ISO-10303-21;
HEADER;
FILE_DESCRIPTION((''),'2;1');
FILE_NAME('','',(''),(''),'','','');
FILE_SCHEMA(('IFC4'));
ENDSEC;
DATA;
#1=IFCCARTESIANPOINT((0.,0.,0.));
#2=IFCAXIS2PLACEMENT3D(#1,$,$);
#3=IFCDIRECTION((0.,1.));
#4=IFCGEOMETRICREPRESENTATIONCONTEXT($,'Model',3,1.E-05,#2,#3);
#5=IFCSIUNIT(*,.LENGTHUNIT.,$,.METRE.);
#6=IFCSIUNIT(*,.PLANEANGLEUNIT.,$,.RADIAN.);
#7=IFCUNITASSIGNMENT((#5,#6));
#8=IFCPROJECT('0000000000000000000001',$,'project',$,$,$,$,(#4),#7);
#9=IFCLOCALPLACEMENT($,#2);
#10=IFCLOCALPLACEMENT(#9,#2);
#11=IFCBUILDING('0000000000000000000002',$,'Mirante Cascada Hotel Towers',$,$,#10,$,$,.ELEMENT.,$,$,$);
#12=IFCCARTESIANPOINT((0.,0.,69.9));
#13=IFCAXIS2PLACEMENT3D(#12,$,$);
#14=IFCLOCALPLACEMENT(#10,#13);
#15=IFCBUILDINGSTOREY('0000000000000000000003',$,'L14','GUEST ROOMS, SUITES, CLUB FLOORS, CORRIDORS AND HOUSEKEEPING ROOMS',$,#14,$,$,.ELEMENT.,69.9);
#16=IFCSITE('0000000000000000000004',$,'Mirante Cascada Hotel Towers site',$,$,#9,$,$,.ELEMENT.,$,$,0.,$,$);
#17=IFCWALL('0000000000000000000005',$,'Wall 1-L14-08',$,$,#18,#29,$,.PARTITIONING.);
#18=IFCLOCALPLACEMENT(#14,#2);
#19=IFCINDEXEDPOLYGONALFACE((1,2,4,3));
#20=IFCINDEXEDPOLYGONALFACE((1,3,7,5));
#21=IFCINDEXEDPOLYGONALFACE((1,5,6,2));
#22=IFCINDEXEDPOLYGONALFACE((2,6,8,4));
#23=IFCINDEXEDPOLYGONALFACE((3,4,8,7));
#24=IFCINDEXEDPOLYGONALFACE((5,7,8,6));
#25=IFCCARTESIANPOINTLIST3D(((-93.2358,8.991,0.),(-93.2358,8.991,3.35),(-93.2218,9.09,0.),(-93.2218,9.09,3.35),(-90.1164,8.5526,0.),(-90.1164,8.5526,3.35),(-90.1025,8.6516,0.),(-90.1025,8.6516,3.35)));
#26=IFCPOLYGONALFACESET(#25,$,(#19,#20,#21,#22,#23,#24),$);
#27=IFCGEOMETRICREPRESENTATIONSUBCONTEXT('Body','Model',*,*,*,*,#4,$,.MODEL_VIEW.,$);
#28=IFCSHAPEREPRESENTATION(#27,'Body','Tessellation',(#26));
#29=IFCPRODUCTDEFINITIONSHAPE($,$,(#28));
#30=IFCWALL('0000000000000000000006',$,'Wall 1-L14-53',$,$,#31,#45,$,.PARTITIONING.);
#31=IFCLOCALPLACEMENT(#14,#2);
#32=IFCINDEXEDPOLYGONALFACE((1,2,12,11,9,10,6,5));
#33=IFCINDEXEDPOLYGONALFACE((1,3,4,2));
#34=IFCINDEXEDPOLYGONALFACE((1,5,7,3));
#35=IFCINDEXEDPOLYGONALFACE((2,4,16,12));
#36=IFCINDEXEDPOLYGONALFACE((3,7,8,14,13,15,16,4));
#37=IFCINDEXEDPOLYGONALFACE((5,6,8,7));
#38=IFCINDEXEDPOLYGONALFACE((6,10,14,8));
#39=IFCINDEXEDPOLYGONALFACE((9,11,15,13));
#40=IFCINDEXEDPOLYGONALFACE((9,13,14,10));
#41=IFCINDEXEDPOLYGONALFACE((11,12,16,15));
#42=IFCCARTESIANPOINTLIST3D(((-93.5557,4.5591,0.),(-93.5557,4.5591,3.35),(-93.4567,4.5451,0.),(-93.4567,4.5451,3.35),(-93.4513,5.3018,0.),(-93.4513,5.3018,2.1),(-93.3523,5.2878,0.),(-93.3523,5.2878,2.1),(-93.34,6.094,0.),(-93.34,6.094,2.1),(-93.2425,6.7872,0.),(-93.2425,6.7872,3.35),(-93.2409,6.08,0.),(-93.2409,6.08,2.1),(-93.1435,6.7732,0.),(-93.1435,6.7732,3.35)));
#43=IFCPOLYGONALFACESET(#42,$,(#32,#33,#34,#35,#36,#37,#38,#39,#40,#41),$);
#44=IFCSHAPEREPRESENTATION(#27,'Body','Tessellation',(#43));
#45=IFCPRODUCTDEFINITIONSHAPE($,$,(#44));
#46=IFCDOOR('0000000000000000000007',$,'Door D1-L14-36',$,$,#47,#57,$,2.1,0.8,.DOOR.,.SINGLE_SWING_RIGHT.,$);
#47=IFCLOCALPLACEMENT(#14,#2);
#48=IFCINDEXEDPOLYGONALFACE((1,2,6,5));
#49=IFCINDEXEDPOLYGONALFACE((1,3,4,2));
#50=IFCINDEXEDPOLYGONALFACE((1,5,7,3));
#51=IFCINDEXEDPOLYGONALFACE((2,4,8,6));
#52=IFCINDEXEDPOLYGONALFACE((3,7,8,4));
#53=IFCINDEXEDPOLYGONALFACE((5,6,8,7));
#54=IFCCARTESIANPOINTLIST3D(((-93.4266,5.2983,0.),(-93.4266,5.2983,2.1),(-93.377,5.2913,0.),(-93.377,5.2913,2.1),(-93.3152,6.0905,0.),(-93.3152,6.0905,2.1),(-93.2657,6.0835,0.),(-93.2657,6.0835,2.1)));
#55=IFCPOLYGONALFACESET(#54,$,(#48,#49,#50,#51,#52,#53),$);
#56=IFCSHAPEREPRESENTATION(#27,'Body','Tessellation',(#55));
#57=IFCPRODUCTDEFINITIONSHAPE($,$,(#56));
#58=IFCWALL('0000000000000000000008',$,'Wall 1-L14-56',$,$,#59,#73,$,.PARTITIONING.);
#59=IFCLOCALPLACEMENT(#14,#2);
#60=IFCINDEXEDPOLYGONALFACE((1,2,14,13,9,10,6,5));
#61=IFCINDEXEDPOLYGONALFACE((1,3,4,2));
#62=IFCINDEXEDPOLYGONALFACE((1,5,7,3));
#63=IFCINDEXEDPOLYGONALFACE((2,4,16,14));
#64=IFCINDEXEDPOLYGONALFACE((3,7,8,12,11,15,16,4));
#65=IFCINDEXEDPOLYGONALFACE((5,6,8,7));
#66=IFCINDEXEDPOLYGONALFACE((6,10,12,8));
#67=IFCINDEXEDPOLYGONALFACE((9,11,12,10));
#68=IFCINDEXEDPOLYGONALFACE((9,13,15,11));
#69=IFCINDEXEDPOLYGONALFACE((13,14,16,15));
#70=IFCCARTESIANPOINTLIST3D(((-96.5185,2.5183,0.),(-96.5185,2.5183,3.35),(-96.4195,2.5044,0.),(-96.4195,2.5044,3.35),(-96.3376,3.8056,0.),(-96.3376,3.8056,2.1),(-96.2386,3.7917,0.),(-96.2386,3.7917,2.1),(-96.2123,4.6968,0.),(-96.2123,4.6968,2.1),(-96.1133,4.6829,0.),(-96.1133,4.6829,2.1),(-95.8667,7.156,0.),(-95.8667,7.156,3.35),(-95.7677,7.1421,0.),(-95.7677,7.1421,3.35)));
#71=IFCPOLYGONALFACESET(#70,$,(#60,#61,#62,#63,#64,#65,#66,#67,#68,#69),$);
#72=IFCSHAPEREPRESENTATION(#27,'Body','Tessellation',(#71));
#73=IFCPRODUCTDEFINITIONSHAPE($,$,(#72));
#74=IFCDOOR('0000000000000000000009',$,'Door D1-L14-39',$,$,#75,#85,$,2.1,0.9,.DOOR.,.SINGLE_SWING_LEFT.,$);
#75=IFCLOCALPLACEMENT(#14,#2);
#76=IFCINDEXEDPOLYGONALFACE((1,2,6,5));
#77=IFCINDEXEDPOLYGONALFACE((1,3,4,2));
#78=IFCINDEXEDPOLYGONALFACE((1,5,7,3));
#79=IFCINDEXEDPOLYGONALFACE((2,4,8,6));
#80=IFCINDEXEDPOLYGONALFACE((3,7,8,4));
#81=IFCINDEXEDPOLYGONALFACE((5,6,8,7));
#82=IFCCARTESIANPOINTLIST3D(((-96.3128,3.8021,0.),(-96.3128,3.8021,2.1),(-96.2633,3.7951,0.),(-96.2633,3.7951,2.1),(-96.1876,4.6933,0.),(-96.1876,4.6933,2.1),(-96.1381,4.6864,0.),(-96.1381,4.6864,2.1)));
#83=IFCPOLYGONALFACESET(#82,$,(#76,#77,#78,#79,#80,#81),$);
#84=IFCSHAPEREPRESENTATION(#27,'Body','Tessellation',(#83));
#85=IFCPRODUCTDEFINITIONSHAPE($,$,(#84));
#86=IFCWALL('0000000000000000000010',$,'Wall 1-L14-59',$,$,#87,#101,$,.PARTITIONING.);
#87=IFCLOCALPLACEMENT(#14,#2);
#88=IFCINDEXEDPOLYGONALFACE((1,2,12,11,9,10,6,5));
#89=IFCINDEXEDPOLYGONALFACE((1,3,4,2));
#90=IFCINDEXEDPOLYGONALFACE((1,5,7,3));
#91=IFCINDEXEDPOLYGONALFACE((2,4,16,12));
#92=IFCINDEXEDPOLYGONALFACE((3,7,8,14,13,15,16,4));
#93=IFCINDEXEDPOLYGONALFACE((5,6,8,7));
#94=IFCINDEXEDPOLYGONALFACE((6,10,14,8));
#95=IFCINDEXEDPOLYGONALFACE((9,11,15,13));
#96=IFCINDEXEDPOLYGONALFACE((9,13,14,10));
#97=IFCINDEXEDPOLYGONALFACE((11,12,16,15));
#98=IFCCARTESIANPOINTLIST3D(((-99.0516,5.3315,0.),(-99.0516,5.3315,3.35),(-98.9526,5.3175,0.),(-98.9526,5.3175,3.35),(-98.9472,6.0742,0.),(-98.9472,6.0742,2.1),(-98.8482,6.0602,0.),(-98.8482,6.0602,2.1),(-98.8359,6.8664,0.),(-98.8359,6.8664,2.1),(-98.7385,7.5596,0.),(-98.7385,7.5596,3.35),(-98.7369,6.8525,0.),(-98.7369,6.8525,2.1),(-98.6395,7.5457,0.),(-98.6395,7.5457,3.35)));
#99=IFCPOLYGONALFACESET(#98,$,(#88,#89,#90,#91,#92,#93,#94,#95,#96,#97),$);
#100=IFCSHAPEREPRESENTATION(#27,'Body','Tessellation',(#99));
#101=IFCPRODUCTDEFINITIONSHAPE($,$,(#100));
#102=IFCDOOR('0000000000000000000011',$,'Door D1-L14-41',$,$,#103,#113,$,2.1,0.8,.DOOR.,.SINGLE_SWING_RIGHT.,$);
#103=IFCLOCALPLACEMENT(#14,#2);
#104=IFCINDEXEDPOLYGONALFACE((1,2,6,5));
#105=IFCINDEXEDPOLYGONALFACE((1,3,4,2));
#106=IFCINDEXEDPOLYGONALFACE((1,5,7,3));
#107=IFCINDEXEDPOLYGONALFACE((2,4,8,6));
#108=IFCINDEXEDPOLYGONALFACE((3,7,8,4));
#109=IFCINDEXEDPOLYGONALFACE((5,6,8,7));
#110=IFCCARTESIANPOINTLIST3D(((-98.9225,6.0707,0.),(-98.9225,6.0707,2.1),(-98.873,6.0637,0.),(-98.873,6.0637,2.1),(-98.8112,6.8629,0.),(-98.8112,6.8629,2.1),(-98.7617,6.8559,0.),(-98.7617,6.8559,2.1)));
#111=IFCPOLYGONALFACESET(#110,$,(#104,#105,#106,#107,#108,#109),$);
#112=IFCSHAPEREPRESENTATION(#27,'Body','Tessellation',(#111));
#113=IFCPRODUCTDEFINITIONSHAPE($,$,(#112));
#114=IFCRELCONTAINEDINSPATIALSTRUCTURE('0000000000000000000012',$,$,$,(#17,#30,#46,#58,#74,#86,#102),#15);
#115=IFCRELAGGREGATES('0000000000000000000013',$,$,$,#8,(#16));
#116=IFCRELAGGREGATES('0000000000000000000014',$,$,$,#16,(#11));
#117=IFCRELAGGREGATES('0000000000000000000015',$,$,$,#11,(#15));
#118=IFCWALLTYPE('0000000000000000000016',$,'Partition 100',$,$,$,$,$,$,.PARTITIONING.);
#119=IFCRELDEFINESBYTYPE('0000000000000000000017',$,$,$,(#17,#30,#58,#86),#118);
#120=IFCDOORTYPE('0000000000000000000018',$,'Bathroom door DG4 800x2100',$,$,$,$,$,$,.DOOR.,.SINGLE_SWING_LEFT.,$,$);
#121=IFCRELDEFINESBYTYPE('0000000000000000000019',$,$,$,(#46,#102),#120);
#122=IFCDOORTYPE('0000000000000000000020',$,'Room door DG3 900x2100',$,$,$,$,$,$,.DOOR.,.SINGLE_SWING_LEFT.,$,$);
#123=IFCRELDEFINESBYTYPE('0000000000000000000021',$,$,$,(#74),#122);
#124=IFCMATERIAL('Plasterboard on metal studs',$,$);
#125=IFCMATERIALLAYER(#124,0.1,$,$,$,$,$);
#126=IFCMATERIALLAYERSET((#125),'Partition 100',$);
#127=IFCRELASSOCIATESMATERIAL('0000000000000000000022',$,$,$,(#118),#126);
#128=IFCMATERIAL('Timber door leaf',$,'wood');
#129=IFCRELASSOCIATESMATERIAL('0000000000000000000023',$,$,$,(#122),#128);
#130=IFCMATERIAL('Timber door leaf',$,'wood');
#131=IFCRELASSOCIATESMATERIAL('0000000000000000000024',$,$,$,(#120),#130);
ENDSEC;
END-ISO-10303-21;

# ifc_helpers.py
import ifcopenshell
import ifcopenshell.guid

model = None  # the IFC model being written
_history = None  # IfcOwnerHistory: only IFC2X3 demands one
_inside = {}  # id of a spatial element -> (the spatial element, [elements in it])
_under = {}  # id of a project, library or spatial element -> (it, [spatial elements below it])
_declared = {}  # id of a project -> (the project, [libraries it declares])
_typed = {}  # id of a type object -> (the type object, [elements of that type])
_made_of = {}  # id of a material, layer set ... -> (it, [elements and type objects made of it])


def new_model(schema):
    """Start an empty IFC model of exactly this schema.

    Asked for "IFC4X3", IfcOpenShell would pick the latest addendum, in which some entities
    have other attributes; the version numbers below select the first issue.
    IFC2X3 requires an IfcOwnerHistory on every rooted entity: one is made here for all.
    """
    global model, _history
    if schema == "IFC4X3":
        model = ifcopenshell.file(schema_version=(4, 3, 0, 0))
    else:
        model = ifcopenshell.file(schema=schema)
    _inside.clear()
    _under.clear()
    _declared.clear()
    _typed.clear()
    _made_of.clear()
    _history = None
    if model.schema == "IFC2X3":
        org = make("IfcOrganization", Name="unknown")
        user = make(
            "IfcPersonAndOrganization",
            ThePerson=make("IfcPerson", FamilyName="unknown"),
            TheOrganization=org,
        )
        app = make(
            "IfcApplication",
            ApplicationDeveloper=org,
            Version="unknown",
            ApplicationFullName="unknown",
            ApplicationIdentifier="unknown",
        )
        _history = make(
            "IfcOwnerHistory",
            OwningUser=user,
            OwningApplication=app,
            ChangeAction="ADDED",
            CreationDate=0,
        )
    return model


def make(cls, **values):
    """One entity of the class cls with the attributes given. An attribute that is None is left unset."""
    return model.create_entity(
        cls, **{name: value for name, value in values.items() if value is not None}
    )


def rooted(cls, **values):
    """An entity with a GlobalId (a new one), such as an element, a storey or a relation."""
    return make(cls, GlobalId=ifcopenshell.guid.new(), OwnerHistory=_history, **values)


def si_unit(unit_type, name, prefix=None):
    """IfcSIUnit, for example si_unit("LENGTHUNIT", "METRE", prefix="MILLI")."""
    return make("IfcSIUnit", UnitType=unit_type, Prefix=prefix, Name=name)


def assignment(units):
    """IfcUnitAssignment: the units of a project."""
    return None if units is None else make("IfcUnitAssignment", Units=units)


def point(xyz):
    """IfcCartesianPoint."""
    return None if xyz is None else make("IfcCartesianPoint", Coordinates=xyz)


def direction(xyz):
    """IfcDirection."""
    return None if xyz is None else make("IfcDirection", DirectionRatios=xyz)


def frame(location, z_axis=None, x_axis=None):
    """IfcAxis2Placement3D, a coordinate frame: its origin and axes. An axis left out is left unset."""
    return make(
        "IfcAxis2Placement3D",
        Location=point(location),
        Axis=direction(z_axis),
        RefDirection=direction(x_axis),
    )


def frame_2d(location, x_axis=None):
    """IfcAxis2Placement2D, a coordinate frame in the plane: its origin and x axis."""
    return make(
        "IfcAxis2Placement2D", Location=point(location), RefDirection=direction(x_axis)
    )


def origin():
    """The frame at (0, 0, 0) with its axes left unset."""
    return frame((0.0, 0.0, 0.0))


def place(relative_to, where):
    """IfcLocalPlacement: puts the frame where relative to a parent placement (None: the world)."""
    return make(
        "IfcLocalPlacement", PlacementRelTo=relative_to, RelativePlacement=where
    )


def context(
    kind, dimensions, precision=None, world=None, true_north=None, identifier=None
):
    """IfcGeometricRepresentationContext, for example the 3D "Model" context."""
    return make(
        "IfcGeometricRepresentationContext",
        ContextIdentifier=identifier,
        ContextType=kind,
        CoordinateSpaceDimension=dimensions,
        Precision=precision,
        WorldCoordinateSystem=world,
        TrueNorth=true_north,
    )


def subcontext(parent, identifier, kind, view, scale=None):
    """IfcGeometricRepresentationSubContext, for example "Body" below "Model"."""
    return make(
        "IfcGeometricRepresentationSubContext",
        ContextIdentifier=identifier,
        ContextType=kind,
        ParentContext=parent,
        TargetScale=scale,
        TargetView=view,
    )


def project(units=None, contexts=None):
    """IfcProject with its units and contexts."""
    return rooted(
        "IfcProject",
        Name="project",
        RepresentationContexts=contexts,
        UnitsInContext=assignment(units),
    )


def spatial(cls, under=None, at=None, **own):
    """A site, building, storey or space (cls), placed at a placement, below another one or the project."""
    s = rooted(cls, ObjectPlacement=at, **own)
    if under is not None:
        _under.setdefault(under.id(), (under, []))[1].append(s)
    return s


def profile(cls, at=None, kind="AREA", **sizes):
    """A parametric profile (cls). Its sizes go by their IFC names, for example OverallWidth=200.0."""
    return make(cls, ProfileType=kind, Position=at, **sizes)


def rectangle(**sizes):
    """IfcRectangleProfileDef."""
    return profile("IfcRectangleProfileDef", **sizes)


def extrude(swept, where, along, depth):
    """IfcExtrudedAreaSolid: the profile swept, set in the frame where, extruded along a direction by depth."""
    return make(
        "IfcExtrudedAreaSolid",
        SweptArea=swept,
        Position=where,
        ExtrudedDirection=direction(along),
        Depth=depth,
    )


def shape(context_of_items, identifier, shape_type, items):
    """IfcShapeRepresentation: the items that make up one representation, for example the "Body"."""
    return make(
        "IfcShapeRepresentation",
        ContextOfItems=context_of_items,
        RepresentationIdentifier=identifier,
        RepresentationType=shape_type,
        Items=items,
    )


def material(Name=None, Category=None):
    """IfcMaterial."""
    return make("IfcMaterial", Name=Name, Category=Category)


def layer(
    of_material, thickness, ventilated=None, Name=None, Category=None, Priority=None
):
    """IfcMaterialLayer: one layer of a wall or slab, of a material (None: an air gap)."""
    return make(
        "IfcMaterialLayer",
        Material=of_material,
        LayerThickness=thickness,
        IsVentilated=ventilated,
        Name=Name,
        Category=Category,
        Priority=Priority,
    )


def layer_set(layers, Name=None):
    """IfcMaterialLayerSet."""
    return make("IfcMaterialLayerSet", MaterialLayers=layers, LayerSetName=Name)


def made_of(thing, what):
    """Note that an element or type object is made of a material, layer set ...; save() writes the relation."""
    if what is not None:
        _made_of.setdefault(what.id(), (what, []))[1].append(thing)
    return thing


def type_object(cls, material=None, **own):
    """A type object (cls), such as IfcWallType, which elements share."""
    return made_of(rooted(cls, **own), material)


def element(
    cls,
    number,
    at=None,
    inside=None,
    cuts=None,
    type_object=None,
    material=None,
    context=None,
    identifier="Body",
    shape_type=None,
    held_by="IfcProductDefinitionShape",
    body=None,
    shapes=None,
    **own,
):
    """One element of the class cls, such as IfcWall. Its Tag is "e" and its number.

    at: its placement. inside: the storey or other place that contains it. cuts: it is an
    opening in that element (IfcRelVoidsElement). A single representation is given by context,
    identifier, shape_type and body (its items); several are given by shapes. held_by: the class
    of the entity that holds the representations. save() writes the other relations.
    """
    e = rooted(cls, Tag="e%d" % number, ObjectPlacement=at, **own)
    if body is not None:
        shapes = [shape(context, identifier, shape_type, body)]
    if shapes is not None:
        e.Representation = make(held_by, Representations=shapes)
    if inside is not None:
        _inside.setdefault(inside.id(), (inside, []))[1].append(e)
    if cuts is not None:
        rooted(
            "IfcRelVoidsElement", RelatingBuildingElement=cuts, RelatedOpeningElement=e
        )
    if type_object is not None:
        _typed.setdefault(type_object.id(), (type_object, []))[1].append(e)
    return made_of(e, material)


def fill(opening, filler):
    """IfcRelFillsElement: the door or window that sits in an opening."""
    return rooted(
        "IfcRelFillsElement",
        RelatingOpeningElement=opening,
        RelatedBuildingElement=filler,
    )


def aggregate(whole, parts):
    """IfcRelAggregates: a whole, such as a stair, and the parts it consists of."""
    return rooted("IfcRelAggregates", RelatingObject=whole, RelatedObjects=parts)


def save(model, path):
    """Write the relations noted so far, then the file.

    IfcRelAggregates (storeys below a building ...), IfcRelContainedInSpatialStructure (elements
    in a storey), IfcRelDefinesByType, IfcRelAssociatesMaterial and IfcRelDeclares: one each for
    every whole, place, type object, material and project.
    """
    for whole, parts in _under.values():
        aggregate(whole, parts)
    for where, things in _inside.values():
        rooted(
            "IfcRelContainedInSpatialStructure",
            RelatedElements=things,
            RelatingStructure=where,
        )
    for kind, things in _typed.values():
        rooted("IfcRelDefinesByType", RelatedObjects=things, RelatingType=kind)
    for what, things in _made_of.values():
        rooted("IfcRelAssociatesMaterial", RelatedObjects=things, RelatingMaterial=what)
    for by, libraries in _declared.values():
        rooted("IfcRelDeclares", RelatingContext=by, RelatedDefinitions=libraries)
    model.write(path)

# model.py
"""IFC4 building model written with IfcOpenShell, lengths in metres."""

from ifc_helpers import new_model, si_unit, direction, frame, frame_2d, origin, place, context, subcontext, project, spatial, rectangle, extrude, material, layer, layer_set, type_object, element, fill, save


model = new_model("IFC4")

# Units and contexts
model_context = context("Model", 3, precision=1e-05, world=origin(), true_north=direction((0.0, 1.0)))
body_context = subcontext(model_context, "Body", "Model", "MODEL_VIEW")
ifc_project = project(units=[si_unit("LENGTHUNIT", "METRE"), si_unit("PLANEANGLEUNIT", "RADIAN")], contexts=[model_context])

# Site, building, storey
site_placement = place(None, origin())
site = spatial("IfcSite", under=ifc_project, at=site_placement, Name="Mirante Cascada Hotel Towers site", CompositionType="ELEMENT", RefElevation=0.0)
building_placement = place(site_placement, origin())
building = spatial("IfcBuilding", under=site, at=building_placement, Name="Mirante Cascada Hotel Towers", CompositionType="ELEMENT")
storey_placement = place(building_placement, frame((0.0, 0.0, 69.9)))
storey = spatial("IfcBuildingStorey", under=building, at=storey_placement, Name="L14", Description="GUEST ROOMS, SUITES, CLUB FLOORS, CORRIDORS AND HOUSEKEEPING ROOMS", CompositionType="ELEMENT", Elevation=69.9)

# Shared definitions
ifc_material_1 = material(Name="Plasterboard on metal studs")
ifc_layer_1 = layer(ifc_material_1, 0.1)
ifc_layer_set_1 = layer_set([ifc_layer_1], Name="Partition 100")
wall_type_1 = type_object("IfcWallType", Name="Partition 100", PredefinedType="PARTITIONING", material=ifc_layer_set_1)
ifc_material_2 = material(Name="Timber door leaf", Category="wood")
door_type_1 = type_object("IfcDoorType", Name="Room door DG3 900x2100", OperationType="SINGLE_SWING_LEFT", PredefinedType="DOOR", material=ifc_material_2)

# Wall
wall_1_placement = place(storey_placement, frame((-93.2288, 9.0405, 0.0), z_axis=(0.0, 0.0, 1.0), x_axis=(0.990268, -0.139177, 0.0)))
element("IfcWall", 1, at=wall_1_placement, inside=storey, type_object=wall_type_1, Name="Wall 1-L14-08", PredefinedType="PARTITIONING", context=body_context, shape_type="SweptSolid", body=[
    extrude(rectangle(XDim=3.15, YDim=0.1, at=frame_2d((1.575, 0.0))), origin(), (0.0, 0.0, 1.0), 3.35),
])

# Walls, openings, doors
wall_2_placement = place(storey_placement, frame((-93.5062, 4.5521, 0.0), z_axis=(0.0, 0.0, 1.0), x_axis=(0.1392, 0.990264, 0.0)))
wall_2 = element("IfcWall", 2, at=wall_2_placement, inside=storey, type_object=wall_type_1, Name="Wall 1-L14-53", PredefinedType="PARTITIONING", context=body_context, shape_type="SweptSolid", body=[
    extrude(rectangle(XDim=2.25, YDim=0.1, at=frame_2d((1.125, 0.0))), origin(), (0.0, 0.0, 1.0), 3.35),
])
opening_1_placement = place(wall_2_placement, frame((0.75, 0.0, 0.0)))
opening_1 = element("IfcOpeningElement", 3, at=opening_1_placement, cuts=wall_2, PredefinedType="OPENING", context=body_context, shape_type="SweptSolid", body=[
    extrude(rectangle(XDim=0.8, YDim=2.1, at=frame_2d((0.4, 1.05))), frame((0.0, 0.05, 0.0), z_axis=(0.0, -1.0, 0.0), x_axis=(1.0, 0.0, 0.0)), (0.0, 0.0, 1.0), 0.1),
])
ifc_material_3 = material(Name="Timber door leaf", Category="wood")
door_type_2 = type_object("IfcDoorType", Name="Bathroom door DG4 800x2100", OperationType="SINGLE_SWING_LEFT", PredefinedType="DOOR", material=ifc_material_3)
door_1_placement = place(opening_1_placement, frame((0.8, 0.0, 0.0), z_axis=(0.0, 0.0, 1.0), x_axis=(-1.0, 0.0, 0.0)))
door_1 = element("IfcDoor", 4, at=door_1_placement, inside=storey, type_object=door_type_2, Name="Door D1-L14-36", OperationType="SINGLE_SWING_RIGHT", OverallHeight=2.1, OverallWidth=0.8, PredefinedType="DOOR", context=body_context, shape_type="SweptSolid", body=[
    extrude(rectangle(XDim=0.8, YDim=2.1, at=frame_2d((0.4, 1.05))), frame((0.0, 0.025, 0.0), z_axis=(0.0, -1.0, 0.0), x_axis=(1.0, 0.0, 0.0)), (0.0, 0.0, 1.0), 0.05),
])
fill(opening_1, door_1)
wall_3_placement = place(storey_placement, frame((-95.8172, 7.149, 0.0), z_axis=(0.0, 0.0, 1.0), x_axis=(-0.139176, -0.990268, 0.0)))
wall_3 = element("IfcWall", 5, at=wall_3_placement, inside=storey, type_object=wall_type_1, Name="Wall 1-L14-56", PredefinedType="PARTITIONING", context=body_context, shape_type="SweptSolid", body=[
    extrude(rectangle(XDim=4.6833, YDim=0.1, at=frame_2d((2.3416, 0.0))), origin(), (0.0, 0.0, 1.0), 3.35),
])
opening_2_placement = place(wall_3_placement, frame((2.4833, 0.0, 0.0)))
opening_2 = element("IfcOpeningElement", 6, at=opening_2_placement, cuts=wall_3, PredefinedType="OPENING", context=body_context, shape_type="SweptSolid", body=[
    extrude(rectangle(XDim=0.9, YDim=2.1, at=frame_2d((0.45, 1.05))), frame((0.0, 0.05, 0.0), z_axis=(0.0, -1.0, 0.0), x_axis=(1.0, 0.0, 0.0)), (0.0, 0.0, 1.0), 0.1),
])
door_2_placement = place(opening_2_placement, origin())
door_2 = element("IfcDoor", 7, at=door_2_placement, inside=storey, type_object=door_type_1, Name="Door D1-L14-39", OperationType="SINGLE_SWING_LEFT", OverallHeight=2.1, OverallWidth=0.9, PredefinedType="DOOR", context=body_context, shape_type="SweptSolid", body=[
    extrude(rectangle(XDim=0.9, YDim=2.1, at=frame_2d((0.45, 1.05))), frame((0.0, 0.025, 0.0), z_axis=(0.0, -1.0, 0.0), x_axis=(1.0, 0.0, 0.0)), (0.0, 0.0, 1.0), 0.05),
])
fill(opening_2, door_2)
wall_4_placement = place(storey_placement, frame((-99.0021, 5.3245, 0.0), z_axis=(0.0, 0.0, 1.0), x_axis=(0.139156, 0.990271, 0.0)))
wall_4 = element("IfcWall", 8, at=wall_4_placement, inside=storey, type_object=wall_type_1, Name="Wall 1-L14-59", PredefinedType="PARTITIONING", context=body_context, shape_type="SweptSolid", body=[
    extrude(rectangle(XDim=2.25, YDim=0.1, at=frame_2d((1.125, 0.0))), origin(), (0.0, 0.0, 1.0), 3.35),
])
opening_3_placement = place(wall_4_placement, frame((0.75, 0.0, 0.0)))
opening_3 = element("IfcOpeningElement", 9, at=opening_3_placement, cuts=wall_4, PredefinedType="OPENING", context=body_context, shape_type="SweptSolid", body=[
    extrude(rectangle(XDim=0.8, YDim=2.1, at=frame_2d((0.4, 1.05))), frame((0.0, 0.05, 0.0), z_axis=(0.0, -1.0, 0.0), x_axis=(1.0, 0.0, 0.0)), (0.0, 0.0, 1.0), 0.1),
])
door_3_placement = place(opening_3_placement, frame((0.8, 0.0, 0.0), z_axis=(0.0, 0.0, 1.0), x_axis=(-1.0, 0.0, 0.0)))
door_3 = element("IfcDoor", 10, at=door_3_placement, inside=storey, type_object=door_type_2, Name="Door D1-L14-41", OperationType="SINGLE_SWING_RIGHT", OverallHeight=2.1, OverallWidth=0.8, PredefinedType="DOOR", context=body_context, shape_type="SweptSolid", body=[
    extrude(rectangle(XDim=0.8, YDim=2.1, at=frame_2d((0.4, 1.05))), frame((0.0, 0.025, 0.0), z_axis=(0.0, -1.0, 0.0), x_axis=(1.0, 0.0, 0.0)), (0.0, 0.0, 1.0), 0.05),
])
fill(opening_3, door_3)

save(model, "model.ifc")
